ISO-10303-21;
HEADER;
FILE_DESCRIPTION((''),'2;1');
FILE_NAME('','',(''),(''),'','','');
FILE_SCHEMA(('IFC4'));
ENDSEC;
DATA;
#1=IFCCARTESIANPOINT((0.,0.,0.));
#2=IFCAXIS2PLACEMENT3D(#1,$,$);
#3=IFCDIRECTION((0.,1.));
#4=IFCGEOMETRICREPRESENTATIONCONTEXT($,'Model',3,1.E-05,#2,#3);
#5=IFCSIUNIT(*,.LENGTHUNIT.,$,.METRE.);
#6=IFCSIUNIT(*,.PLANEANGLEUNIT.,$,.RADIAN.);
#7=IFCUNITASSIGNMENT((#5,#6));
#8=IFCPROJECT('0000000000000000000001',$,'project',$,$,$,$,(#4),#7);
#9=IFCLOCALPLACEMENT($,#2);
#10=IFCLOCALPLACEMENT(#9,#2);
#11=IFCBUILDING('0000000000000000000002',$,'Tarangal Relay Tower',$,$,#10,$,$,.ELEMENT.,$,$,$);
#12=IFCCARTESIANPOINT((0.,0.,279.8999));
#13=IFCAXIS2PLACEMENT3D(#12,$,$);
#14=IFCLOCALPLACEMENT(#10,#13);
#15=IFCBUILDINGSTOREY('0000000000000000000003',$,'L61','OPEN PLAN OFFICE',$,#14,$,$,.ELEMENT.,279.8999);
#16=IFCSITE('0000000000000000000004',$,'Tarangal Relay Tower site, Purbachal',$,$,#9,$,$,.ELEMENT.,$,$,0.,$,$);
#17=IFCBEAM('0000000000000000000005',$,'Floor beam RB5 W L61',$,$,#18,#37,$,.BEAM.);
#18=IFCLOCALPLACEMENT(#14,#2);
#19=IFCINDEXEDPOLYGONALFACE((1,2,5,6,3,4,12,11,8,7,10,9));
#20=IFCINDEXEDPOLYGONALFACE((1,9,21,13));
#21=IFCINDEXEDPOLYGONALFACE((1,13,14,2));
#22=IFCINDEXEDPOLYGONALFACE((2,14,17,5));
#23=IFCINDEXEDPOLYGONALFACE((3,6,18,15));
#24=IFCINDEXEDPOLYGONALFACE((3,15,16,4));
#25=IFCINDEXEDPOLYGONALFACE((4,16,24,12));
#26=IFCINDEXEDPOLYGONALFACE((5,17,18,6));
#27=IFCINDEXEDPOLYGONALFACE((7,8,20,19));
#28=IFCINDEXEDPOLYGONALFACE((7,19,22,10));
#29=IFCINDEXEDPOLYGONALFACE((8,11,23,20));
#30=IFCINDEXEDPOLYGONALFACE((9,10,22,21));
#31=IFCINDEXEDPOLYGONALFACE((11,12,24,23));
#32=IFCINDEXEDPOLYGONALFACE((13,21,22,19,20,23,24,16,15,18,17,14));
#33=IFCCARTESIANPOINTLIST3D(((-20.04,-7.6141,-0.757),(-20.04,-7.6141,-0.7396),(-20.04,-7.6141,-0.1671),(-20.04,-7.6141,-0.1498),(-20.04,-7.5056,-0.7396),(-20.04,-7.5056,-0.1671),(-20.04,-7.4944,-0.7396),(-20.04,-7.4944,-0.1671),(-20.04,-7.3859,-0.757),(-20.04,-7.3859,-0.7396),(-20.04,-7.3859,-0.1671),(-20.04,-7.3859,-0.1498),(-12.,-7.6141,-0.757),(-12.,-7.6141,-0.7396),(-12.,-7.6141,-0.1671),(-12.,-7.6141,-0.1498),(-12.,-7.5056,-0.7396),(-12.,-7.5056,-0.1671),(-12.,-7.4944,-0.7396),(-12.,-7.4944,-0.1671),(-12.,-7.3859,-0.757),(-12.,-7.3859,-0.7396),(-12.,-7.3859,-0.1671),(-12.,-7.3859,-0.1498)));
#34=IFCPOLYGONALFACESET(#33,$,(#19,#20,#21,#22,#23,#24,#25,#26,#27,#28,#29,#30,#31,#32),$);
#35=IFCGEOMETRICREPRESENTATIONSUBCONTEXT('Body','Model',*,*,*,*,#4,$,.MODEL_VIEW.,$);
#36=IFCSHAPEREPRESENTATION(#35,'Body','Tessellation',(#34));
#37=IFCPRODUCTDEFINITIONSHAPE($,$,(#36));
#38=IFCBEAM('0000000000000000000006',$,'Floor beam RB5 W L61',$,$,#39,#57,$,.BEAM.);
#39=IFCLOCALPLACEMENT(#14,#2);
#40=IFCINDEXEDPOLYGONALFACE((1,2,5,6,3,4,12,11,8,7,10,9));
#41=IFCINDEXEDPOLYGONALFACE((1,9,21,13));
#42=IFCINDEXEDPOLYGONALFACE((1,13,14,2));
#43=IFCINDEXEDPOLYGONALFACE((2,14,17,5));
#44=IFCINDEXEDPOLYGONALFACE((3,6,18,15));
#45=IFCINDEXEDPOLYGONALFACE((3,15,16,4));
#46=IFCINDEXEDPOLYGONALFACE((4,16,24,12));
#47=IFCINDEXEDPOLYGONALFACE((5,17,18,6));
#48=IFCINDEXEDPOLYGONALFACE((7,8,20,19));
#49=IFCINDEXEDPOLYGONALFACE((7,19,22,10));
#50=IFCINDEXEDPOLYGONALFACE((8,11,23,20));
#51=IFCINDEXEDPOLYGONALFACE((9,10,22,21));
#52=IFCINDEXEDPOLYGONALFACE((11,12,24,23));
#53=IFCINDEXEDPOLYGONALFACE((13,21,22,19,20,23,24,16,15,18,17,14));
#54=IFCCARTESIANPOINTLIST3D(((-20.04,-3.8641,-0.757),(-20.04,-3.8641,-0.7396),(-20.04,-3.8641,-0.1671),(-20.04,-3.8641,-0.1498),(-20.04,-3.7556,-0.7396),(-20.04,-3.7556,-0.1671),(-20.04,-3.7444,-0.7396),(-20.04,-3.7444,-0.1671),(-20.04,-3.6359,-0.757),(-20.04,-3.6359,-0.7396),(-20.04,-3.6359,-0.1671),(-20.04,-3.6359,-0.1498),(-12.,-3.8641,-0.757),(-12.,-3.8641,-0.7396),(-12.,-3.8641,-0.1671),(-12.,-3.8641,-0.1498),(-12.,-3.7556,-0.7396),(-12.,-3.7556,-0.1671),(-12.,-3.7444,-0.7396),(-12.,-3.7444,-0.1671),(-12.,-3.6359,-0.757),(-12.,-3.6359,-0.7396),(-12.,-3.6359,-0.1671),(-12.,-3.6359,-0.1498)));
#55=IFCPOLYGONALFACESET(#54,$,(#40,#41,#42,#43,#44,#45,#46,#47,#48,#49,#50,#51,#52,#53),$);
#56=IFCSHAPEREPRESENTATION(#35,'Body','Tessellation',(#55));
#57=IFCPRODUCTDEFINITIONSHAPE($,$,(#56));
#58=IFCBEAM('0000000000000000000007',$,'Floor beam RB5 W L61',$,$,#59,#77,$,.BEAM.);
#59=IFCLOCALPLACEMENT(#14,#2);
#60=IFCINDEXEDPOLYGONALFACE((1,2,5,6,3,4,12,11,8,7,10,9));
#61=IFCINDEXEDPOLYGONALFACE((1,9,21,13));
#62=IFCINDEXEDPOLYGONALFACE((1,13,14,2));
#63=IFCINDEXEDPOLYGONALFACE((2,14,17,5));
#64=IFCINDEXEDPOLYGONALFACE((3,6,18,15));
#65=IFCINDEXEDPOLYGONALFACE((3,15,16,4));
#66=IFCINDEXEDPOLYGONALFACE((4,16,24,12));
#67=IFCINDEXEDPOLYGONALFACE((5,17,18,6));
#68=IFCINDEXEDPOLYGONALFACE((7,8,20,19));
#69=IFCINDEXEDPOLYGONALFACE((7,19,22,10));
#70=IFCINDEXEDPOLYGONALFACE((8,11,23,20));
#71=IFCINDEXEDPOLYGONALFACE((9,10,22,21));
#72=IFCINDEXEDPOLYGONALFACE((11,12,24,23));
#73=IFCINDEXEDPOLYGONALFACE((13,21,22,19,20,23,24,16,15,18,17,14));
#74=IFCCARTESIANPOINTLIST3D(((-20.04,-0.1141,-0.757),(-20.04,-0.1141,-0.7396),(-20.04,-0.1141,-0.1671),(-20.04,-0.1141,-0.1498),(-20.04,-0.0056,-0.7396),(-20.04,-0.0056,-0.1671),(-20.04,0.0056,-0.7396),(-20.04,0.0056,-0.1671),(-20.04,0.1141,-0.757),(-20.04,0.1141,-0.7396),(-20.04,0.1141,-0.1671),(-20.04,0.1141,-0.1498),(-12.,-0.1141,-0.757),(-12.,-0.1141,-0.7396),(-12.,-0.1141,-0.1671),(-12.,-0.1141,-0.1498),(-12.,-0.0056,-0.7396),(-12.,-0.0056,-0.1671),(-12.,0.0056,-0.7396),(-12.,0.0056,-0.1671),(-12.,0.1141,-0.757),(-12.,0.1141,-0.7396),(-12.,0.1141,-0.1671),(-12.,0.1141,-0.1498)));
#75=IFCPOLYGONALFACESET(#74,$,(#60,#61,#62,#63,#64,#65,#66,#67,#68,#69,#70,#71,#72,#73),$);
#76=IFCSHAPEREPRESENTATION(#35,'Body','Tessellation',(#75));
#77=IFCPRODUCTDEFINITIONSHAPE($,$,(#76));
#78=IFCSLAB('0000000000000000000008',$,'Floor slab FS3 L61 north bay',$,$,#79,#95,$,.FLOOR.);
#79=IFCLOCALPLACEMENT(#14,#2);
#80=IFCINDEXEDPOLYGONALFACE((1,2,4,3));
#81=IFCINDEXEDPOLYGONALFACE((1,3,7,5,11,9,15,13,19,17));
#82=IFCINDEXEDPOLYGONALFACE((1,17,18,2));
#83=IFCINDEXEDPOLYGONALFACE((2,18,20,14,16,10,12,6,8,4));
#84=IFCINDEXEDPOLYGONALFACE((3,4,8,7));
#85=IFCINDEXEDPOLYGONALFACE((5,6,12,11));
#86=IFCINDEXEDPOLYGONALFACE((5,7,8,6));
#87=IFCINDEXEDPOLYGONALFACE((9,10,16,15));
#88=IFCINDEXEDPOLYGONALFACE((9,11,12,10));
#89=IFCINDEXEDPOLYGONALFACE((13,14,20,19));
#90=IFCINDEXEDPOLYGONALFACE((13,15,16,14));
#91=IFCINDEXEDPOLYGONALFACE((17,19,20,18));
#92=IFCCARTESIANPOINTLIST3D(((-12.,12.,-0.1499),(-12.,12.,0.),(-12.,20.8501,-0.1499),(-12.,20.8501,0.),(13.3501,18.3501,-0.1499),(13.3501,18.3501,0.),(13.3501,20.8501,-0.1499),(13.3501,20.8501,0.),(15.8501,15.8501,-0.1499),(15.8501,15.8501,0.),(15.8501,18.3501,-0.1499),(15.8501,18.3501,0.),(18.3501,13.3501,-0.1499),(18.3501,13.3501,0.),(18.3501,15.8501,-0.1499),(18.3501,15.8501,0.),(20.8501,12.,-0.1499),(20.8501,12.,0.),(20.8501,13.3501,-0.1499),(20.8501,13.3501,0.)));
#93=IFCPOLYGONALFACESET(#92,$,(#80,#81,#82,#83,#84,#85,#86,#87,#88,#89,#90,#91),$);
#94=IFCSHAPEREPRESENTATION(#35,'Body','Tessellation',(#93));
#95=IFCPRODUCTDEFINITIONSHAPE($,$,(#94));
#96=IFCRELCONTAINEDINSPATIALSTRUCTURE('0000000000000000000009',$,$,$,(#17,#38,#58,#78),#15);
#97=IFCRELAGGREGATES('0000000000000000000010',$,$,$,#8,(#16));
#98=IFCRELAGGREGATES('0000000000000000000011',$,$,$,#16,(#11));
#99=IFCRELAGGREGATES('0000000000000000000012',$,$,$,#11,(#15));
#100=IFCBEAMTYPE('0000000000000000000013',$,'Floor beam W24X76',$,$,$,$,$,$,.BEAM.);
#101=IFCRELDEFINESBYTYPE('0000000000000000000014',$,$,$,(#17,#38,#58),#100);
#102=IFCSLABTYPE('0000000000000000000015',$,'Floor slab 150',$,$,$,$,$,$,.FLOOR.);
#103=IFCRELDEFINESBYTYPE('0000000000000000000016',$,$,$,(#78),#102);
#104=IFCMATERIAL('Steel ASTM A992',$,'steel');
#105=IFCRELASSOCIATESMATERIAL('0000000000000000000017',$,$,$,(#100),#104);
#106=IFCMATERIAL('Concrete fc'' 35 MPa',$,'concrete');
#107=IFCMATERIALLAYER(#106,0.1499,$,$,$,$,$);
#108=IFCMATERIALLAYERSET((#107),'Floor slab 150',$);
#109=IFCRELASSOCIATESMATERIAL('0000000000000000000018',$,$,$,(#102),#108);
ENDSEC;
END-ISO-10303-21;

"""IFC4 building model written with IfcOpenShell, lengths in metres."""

from ifc_helpers import new_model, si_unit, direction, frame, origin, origin_2d, place, context, subcontext, project, spatial, polyline, i_section, outline, extrude, material, layer, layer_set, material_profile, profile_set, type_object, element, save


model = new_model("IFC4")

# Units and contexts
model_context = context("Model", 3, precision=1e-05, world=origin(), true_north=direction((0.0, 1.0)))
body_context = subcontext(model_context, "Body", "Model", "MODEL_VIEW")
ifc_project = project(units=[si_unit("LENGTHUNIT", "METRE"), si_unit("PLANEANGLEUNIT", "RADIAN")], contexts=[model_context])

# Site, building, storey
site_placement = place(None, origin())
site = spatial("IfcSite", under=ifc_project, at=site_placement, Name="Tarangal Relay Tower site, Purbachal", CompositionType="ELEMENT", RefElevation=0.0)
building_placement = place(site_placement, origin())
building = spatial("IfcBuilding", under=site, at=building_placement, Name="Tarangal Relay Tower", CompositionType="ELEMENT")
storey_placement = place(building_placement, frame((0.0, 0.0, 279.8999)))
storey = spatial("IfcBuildingStorey", under=building, at=storey_placement, Name="L61", Description="OPEN PLAN OFFICE", CompositionType="ELEMENT", Elevation=279.8999)

# Beams
ifc_material_1 = material(Name="Steel ASTM A992", Category="steel")
ifc_material_profile = material_profile(ifc_material_1, i_section(OverallWidth=0.2283, OverallDepth=0.6072, WebThickness=0.0112, FlangeThickness=0.0173, at=origin_2d()), Name="W24X76")
ifc_profile_set = profile_set([ifc_material_profile], Name="Steel ASTM A992")
beam_type = type_object("IfcBeamType", Name="Floor beam W24X76", PredefinedType="BEAM", material=ifc_profile_set)
for number, where, z_axis, x_axis, name in (
    (1, (-12.0, -7.5, -0.4534), (-1.0, 0.0, 0.0), (0.0, -1.0, 0.0), "Floor beam RB5 W L61"),
    (2, (-12.0, -3.75, -0.4534), (-1.0, 0.0, 0.0), (0.0, -1.0, 0.0), "Floor beam RB5 W L61"),
    (3, (-12.0, 0.0, -0.4534), (-1.0, 0.0, 0.0), (0.0, -1.0, 0.0), "Floor beam RB5 W L61"),
):
    element("IfcBeam", number, at=place(storey_placement, frame(where, z_axis=z_axis, x_axis=x_axis)), inside=storey, type_object=beam_type, Name=name, PredefinedType="BEAM", context=body_context, shape_type="SweptSolid", body=[
        extrude(i_section(OverallWidth=0.2283, OverallDepth=0.6072, WebThickness=0.0112, FlangeThickness=0.0173, at=origin_2d()), origin(), (0.0, 0.0, 1.0), 8.04),
    ])

# Slab
ifc_material_2 = material(Name="Concrete fc' 35 MPa", Category="concrete")
ifc_layer_1 = layer(ifc_material_2, 0.1499)
ifc_layer_set_1 = layer_set([ifc_layer_1], Name="Floor slab 150")
slab_type = type_object("IfcSlabType", Name="Floor slab 150", PredefinedType="FLOOR", material=ifc_layer_set_1)
slab_placement = place(storey_placement, frame((0.0, 0.0, -0.1499)))
element("IfcSlab", 4, at=slab_placement, inside=storey, type_object=slab_type, Name="Floor slab FS3 L61 north bay", PredefinedType="FLOOR", context=body_context, shape_type="SweptSolid", body=[
    extrude(outline(polyline([(13.3501, 20.8501), (13.3501, 18.3501), (15.8501, 18.3501), (15.8501, 15.8501), (18.3501, 15.8501), (18.3501, 13.3501), (20.8501, 13.3501), (20.8501, 12.0), (-12.0, 12.0), (-12.0, 20.8501), (13.3501, 20.8501)])), origin(), (0.0, 0.0, 1.0), 0.1499),
])

save(model, "model.ifc")
